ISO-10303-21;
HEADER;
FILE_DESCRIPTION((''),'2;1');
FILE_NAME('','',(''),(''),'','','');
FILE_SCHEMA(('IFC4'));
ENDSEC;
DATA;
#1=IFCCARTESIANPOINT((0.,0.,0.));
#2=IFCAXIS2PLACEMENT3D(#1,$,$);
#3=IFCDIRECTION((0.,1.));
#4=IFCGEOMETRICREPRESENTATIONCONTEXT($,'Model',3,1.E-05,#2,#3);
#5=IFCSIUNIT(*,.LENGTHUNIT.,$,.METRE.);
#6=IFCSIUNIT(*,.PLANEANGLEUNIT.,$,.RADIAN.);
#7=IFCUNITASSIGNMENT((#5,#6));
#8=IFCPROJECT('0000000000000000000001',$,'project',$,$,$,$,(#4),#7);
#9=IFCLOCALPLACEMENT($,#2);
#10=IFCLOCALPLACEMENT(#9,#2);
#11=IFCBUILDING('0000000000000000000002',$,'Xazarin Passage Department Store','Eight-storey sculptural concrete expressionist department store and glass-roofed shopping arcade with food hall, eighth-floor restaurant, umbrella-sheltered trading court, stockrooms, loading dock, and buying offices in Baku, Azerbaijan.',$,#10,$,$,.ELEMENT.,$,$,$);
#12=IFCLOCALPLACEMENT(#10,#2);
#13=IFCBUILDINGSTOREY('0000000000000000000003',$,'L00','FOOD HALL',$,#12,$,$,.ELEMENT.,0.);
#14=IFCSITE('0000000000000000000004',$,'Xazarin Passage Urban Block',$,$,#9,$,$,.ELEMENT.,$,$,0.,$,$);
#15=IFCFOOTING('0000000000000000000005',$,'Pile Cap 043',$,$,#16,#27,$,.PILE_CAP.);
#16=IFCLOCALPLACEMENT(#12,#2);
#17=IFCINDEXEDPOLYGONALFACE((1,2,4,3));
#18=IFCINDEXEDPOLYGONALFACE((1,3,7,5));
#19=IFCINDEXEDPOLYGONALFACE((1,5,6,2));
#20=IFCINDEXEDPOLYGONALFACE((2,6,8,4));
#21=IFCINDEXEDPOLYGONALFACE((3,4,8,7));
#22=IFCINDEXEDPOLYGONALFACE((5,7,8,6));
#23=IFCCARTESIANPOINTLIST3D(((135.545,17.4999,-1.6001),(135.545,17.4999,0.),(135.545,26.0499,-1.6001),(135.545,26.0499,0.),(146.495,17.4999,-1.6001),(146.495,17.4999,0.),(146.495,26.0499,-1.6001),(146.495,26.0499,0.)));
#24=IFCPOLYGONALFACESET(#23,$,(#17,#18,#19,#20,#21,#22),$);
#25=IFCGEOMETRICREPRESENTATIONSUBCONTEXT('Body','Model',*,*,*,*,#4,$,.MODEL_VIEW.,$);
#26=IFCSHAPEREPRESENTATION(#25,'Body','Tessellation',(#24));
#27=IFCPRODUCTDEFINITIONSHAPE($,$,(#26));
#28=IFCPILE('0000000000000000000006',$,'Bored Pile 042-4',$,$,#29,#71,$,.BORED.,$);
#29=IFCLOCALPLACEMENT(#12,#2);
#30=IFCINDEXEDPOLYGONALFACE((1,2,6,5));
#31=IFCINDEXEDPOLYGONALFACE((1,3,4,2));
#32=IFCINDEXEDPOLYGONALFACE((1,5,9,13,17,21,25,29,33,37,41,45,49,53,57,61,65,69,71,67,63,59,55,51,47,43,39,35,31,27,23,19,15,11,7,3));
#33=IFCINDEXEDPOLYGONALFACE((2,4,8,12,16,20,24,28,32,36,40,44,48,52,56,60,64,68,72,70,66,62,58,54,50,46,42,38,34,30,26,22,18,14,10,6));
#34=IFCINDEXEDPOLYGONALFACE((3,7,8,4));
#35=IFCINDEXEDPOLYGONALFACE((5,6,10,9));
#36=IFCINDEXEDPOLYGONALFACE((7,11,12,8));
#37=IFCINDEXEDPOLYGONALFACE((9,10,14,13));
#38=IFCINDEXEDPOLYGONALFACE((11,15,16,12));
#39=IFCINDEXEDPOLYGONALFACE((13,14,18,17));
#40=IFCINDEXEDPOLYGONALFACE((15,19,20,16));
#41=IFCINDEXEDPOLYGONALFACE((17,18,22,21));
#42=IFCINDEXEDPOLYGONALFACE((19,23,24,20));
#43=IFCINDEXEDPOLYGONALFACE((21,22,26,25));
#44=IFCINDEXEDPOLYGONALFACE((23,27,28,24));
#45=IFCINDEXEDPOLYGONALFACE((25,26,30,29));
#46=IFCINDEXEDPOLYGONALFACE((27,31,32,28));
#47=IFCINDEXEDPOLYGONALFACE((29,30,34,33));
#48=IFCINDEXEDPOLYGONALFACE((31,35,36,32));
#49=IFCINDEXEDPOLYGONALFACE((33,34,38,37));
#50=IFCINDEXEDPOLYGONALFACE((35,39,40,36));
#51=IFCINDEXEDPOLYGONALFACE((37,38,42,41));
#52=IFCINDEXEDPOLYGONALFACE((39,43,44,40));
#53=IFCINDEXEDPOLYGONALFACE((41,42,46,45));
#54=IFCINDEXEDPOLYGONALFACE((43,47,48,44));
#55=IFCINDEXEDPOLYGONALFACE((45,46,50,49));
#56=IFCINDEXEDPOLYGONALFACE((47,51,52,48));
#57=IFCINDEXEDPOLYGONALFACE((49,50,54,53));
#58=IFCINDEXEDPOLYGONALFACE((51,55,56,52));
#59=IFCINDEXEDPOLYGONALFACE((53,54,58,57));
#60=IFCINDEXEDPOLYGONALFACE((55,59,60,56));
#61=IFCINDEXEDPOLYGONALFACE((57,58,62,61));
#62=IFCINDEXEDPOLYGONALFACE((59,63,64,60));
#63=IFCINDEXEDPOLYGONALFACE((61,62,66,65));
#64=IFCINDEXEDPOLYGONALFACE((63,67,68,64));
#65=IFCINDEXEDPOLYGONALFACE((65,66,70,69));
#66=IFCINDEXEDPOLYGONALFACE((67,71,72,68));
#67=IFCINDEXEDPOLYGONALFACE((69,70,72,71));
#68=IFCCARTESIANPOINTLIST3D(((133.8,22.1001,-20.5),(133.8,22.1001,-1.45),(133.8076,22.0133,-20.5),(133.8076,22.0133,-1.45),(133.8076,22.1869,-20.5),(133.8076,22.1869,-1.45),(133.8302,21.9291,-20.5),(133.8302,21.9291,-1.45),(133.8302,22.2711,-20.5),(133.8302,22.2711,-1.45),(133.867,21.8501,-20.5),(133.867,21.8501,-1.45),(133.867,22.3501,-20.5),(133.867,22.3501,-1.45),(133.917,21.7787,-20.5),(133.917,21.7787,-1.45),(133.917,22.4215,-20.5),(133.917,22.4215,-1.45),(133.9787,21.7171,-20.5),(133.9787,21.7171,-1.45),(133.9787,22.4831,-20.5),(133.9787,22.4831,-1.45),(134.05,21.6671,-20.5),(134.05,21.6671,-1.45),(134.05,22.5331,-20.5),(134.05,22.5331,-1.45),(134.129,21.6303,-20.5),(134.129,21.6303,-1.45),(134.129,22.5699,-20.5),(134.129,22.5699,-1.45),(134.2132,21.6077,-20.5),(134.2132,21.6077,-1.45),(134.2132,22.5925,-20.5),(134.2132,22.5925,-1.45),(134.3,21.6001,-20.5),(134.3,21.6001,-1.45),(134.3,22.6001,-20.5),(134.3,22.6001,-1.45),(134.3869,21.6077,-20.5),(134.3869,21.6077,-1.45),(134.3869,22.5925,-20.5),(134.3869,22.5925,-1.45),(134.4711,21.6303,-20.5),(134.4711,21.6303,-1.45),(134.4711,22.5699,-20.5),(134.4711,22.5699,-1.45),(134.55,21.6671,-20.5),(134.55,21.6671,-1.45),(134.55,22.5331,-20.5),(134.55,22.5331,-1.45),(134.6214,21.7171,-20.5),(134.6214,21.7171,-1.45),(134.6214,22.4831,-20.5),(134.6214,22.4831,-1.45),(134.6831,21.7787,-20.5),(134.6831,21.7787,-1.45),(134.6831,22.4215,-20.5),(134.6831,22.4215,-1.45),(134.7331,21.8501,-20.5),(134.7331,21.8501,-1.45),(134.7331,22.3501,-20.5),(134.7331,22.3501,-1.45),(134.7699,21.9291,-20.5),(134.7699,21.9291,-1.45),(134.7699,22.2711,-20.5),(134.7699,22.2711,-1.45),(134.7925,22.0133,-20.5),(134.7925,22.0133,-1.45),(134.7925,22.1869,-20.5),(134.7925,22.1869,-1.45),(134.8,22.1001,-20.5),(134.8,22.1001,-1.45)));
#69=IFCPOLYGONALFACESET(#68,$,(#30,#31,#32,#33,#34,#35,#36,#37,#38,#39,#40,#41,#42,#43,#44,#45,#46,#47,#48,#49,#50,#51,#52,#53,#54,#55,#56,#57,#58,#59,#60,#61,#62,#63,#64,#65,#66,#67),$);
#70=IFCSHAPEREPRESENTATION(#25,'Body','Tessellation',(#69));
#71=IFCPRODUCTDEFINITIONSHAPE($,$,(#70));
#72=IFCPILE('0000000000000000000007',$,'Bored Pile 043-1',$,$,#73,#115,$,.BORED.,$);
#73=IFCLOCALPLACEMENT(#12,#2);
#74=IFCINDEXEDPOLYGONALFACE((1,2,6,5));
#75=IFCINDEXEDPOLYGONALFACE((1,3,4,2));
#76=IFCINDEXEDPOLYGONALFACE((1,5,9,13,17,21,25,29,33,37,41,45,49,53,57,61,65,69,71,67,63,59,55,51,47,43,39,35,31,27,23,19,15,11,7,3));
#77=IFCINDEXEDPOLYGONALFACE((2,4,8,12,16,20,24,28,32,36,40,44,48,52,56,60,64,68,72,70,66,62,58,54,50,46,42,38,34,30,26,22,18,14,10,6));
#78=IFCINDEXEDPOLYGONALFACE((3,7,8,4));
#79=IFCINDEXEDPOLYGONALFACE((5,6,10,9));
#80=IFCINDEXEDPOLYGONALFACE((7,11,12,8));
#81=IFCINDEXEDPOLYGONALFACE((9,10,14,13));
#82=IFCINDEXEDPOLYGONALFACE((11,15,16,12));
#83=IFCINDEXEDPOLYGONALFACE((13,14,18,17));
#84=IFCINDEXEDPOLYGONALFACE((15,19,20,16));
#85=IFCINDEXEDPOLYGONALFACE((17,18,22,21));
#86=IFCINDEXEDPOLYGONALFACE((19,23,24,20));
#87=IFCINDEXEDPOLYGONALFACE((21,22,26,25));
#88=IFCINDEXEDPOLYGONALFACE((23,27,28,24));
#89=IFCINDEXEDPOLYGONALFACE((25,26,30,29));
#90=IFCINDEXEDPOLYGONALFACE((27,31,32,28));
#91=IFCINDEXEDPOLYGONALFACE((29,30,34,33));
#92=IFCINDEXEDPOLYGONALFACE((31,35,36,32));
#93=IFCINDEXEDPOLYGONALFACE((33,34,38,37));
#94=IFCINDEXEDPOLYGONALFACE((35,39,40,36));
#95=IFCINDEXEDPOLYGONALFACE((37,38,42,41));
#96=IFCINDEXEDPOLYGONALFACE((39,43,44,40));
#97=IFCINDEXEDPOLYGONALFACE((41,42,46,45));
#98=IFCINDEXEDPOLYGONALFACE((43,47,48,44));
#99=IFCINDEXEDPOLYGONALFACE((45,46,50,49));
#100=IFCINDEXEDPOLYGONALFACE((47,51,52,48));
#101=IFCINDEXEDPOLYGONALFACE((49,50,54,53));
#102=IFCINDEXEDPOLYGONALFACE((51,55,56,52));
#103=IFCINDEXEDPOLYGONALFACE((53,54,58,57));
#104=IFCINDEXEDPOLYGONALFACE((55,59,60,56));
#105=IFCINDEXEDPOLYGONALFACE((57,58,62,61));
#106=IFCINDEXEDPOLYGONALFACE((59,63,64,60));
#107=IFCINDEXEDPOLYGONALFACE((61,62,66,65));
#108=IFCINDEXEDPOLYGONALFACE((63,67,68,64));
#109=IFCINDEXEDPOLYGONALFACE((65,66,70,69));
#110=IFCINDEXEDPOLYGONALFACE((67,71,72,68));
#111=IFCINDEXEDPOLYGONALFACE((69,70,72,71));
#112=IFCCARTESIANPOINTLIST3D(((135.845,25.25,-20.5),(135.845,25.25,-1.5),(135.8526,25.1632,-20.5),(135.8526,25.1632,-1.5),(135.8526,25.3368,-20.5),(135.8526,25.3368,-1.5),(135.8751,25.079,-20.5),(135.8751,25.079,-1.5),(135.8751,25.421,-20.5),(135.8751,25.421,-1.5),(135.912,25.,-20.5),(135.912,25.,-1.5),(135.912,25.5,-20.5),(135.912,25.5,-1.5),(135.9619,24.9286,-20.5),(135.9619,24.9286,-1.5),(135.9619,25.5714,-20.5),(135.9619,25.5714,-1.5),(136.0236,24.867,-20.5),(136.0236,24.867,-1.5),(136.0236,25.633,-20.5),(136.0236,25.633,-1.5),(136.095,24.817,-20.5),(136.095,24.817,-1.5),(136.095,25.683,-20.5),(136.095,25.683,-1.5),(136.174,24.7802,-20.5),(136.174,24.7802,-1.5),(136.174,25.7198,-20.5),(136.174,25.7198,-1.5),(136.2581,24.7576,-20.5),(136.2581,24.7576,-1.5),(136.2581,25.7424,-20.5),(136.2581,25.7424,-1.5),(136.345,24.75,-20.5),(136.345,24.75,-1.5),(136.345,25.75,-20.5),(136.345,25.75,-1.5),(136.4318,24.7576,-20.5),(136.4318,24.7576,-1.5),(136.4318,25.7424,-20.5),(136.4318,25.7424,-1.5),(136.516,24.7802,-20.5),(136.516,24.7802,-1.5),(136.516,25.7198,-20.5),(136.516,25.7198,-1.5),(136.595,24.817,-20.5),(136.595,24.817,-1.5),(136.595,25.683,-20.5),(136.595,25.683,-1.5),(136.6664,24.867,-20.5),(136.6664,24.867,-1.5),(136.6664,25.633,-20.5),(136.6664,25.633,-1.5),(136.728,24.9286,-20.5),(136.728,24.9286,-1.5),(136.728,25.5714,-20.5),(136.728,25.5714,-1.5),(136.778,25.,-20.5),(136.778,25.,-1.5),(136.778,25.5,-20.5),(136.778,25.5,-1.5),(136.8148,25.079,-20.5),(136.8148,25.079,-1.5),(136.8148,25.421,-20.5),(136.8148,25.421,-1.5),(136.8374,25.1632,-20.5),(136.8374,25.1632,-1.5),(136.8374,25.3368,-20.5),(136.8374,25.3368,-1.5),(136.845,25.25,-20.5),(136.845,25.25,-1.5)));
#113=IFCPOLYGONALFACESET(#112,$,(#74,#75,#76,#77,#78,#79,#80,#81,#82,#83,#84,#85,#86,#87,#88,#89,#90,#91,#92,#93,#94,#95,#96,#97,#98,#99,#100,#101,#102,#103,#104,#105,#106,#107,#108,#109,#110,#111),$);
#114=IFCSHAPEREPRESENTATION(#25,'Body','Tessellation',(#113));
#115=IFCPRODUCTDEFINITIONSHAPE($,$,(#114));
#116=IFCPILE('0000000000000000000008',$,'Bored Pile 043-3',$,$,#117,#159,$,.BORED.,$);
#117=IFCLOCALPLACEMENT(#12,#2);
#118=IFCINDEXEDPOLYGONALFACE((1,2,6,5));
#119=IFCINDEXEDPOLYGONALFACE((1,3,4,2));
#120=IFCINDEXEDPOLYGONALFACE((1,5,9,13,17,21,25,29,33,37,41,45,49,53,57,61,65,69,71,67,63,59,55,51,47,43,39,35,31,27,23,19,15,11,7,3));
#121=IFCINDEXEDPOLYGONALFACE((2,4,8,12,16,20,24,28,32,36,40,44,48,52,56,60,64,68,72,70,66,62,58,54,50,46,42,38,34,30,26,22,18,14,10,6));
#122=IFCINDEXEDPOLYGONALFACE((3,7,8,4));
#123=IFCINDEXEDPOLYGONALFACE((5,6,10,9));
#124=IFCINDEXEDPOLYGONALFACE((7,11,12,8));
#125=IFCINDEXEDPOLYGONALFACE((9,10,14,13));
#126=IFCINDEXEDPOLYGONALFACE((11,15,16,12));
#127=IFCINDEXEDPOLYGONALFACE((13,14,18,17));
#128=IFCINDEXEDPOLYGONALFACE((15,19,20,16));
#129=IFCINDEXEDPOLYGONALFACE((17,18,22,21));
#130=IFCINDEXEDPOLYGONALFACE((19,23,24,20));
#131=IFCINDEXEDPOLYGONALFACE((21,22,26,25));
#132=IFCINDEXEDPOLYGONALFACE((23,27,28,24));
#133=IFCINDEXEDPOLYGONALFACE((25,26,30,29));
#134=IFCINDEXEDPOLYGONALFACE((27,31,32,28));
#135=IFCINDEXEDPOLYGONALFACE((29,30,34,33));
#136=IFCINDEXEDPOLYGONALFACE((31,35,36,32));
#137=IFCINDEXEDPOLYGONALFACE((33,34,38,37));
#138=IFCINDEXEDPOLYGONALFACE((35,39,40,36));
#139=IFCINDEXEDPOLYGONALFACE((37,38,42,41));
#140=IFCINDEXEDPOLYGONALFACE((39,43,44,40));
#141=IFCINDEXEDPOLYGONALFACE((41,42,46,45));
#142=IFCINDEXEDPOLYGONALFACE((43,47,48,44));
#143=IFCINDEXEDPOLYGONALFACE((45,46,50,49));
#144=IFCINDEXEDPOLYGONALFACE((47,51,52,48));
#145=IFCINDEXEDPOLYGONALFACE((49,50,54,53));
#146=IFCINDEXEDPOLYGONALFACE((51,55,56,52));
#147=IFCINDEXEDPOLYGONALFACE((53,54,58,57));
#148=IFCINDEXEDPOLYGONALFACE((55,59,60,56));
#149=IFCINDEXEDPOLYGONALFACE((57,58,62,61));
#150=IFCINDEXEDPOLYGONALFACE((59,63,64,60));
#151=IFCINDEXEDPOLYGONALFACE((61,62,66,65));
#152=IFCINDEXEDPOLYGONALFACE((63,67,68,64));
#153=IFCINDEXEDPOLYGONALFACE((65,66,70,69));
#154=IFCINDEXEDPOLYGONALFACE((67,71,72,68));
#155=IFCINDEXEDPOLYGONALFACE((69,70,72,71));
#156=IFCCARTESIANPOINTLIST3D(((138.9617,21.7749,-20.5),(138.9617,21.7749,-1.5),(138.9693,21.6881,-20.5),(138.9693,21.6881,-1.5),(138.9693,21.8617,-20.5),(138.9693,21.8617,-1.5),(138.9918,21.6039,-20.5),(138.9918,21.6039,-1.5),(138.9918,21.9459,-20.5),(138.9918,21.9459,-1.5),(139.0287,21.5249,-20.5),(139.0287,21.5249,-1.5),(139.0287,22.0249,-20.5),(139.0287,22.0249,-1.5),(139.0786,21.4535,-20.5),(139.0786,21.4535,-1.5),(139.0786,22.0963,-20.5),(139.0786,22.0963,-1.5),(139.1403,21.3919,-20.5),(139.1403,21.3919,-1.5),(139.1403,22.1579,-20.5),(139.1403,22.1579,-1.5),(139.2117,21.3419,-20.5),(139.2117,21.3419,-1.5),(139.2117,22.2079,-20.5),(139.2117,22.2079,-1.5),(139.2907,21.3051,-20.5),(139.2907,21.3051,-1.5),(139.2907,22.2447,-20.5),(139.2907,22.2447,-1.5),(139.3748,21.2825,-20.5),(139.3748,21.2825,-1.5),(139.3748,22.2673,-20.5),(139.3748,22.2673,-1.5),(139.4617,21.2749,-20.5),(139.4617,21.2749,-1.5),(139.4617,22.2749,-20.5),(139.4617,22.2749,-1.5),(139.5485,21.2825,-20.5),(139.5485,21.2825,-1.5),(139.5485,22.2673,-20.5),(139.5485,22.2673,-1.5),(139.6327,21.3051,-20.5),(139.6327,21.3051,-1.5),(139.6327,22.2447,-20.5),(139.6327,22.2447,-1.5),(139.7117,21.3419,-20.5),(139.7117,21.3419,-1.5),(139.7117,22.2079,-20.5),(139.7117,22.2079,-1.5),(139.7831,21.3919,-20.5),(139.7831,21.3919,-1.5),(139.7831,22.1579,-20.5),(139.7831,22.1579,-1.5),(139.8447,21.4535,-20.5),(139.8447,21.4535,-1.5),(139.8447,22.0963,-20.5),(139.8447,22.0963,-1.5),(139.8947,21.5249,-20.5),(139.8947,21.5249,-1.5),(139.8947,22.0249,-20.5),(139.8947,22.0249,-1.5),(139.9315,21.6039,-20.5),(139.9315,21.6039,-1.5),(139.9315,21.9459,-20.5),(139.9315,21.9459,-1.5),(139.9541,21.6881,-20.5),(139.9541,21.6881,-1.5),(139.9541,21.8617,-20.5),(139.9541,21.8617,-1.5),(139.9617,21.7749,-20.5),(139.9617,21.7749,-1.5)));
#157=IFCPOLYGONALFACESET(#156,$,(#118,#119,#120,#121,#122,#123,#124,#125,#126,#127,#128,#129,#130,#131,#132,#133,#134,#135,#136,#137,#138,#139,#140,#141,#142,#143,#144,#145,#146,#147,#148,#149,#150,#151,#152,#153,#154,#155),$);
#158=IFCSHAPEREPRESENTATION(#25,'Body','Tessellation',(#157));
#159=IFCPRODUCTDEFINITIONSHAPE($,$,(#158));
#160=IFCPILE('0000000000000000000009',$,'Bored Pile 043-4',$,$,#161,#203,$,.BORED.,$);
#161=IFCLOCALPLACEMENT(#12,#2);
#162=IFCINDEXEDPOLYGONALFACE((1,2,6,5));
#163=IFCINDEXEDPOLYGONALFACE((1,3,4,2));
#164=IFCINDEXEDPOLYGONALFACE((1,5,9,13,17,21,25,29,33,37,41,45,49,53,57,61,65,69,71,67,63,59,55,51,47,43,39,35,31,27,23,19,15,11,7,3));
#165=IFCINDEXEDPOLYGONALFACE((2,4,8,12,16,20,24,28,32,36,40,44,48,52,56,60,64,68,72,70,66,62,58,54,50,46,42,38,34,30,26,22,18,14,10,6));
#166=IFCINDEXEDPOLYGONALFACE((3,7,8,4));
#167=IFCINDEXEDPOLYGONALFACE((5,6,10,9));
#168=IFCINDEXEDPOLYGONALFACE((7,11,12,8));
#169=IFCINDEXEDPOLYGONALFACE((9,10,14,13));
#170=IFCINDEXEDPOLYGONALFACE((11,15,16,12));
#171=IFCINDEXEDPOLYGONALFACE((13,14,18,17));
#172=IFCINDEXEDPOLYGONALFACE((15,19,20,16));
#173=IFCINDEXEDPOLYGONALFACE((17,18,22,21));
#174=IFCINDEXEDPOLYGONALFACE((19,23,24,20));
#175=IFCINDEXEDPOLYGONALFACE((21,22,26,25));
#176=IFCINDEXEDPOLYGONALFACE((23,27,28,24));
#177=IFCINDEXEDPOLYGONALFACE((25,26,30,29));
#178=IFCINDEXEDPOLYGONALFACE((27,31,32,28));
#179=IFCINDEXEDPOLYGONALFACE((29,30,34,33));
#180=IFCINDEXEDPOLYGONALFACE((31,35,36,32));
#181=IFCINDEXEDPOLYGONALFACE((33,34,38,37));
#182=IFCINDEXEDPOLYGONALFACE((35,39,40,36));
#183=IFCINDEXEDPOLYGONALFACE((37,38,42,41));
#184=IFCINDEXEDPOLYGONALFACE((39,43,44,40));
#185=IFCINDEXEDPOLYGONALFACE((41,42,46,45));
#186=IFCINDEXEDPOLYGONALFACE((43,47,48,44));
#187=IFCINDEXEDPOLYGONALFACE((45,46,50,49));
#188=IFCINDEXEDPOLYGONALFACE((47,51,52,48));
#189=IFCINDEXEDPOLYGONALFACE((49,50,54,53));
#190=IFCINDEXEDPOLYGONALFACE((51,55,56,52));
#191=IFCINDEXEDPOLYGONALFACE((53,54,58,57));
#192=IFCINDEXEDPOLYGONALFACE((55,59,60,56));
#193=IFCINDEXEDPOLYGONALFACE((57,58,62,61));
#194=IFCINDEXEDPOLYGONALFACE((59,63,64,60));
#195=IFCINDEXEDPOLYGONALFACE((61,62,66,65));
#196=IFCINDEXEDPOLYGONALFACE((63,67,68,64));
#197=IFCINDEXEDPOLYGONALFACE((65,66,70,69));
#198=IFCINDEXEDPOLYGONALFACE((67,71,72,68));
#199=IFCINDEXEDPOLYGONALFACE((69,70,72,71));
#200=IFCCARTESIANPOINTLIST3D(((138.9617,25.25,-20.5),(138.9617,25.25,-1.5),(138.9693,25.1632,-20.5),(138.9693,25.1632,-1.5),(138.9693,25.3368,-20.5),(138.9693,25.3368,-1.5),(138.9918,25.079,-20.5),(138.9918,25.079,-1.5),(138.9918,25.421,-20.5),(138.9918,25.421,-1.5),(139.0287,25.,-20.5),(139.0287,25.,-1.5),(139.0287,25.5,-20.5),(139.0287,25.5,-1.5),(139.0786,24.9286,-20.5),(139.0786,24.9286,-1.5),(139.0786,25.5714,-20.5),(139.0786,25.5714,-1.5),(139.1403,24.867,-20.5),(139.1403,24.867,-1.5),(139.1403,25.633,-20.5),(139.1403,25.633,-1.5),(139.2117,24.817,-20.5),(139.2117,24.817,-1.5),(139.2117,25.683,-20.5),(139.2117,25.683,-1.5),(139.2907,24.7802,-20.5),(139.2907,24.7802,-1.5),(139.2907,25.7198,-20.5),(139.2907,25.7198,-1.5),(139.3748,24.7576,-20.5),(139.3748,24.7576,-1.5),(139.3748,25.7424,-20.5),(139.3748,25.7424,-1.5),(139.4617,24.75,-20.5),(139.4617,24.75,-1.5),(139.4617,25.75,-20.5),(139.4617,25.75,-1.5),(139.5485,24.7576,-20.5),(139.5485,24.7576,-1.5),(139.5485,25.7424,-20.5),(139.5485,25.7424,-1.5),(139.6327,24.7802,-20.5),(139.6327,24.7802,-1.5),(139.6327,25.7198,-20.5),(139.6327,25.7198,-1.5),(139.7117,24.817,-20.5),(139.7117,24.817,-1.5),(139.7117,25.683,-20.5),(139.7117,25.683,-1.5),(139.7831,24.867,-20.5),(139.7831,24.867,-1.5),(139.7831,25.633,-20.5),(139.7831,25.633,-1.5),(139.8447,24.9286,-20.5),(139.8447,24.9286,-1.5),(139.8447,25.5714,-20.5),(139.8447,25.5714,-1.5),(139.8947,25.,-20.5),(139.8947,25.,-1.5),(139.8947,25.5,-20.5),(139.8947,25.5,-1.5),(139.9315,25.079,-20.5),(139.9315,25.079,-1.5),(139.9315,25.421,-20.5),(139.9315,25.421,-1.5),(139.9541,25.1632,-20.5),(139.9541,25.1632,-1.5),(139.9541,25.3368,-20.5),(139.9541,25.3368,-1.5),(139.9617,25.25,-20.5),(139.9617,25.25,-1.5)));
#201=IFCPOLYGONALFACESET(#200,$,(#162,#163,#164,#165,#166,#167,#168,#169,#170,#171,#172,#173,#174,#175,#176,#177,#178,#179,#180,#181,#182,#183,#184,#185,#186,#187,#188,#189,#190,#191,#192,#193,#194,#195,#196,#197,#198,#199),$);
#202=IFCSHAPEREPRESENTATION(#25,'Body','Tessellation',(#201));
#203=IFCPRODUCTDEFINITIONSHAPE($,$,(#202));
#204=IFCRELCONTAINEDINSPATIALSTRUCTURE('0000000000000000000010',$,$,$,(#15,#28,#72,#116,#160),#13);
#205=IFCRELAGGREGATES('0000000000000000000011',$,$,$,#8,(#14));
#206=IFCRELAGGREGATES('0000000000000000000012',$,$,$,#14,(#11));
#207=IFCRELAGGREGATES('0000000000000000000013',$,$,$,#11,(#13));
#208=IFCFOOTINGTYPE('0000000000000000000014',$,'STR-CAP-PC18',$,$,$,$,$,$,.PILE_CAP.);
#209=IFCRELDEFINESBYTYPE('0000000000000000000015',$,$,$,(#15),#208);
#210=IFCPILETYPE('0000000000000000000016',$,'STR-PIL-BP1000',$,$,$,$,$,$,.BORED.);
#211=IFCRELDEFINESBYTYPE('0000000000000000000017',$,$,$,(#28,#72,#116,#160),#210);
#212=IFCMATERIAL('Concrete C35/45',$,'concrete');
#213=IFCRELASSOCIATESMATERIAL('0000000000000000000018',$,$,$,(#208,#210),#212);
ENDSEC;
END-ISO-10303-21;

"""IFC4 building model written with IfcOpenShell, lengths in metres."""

from ifc_helpers import new_model, si_unit, direction, frame, origin, origin_2d, place, context, subcontext, project, spatial, rectangle, circle, extrude, material, material_profile, profile_set, type_object, element, save


model = new_model("IFC4")

# Units and contexts
model_context = context("Model", 3, precision=1e-05, world=origin(), true_north=direction((0.0, 1.0)))
body_context = subcontext(model_context, "Body", "Model", "MODEL_VIEW")
ifc_project = project(units=[si_unit("LENGTHUNIT", "METRE"), si_unit("PLANEANGLEUNIT", "RADIAN")], contexts=[model_context])

# Site, building, storey
site_placement = place(None, origin())
site = spatial("IfcSite", under=ifc_project, at=site_placement, Name="Xazarin Passage Urban Block", CompositionType="ELEMENT", RefElevation=0.0)
building_placement = place(site_placement, origin())
building = spatial("IfcBuilding", under=site, at=building_placement, Name="Xazarin Passage Department Store", Description="Eight-storey sculptural concrete expressionist department store and glass-roofed shopping arcade with food hall, eighth-floor restaurant, umbrella-sheltered trading court, stockrooms, loading dock, and buying offices in Baku, Azerbaijan.", CompositionType="ELEMENT")
storey_placement = place(building_placement, origin())
storey = spatial("IfcBuildingStorey", under=building, at=storey_placement, Name="L00", Description="FOOD HALL", CompositionType="ELEMENT", Elevation=0.0)

# Footing
ifc_material_1 = material(Name="Concrete C35/45", Category="concrete")
footing_type = type_object("IfcFootingType", Name="STR-CAP-PC18", PredefinedType="PILE_CAP", material=ifc_material_1)
footing_placement = place(storey_placement, frame((141.02, 21.7749, -1.6001), z_axis=(0.0, 0.0, 1.0), x_axis=(1.0, 0.0, 0.0)))
element("IfcFooting", 1, at=footing_placement, inside=storey, type_object=footing_type, Name="Pile Cap 043", PredefinedType="PILE_CAP", context=body_context, shape_type="SweptSolid", body=[
    extrude(rectangle(XDim=10.95, YDim=8.55, at=origin_2d()), origin(), (0.0, 0.0, 1.0), 1.6001),
])

# Piles
ifc_material_profile_1 = material_profile(ifc_material_1, circle(Radius=0.5, at=origin_2d()), Name="BP 1000")
ifc_profile_set_1 = profile_set([ifc_material_profile_1], Name="Concrete C35/45")
pile_type_1 = type_object("IfcPileType", Name="STR-PIL-BP1000", PredefinedType="BORED", material=ifc_profile_set_1)
pile_1_placement = place(storey_placement, frame((134.3, 22.1001, -1.45), z_axis=(0.0, 0.0, -1.0), x_axis=(1.0, 0.0, 0.0)))
element("IfcPile", 2, at=pile_1_placement, inside=storey, type_object=pile_type_1, Name="Bored Pile 042-4", PredefinedType="BORED", context=body_context, shape_type="SweptSolid", body=[
    extrude(circle(Radius=0.5, at=origin_2d()), origin(), (0.0, 0.0, 1.0), 19.05),
])
for number, where, z_axis, x_axis, name in (
    (3, (136.345, 25.25, -1.5), (0.0, 0.0, -1.0), (1.0, 0.0, 0.0), "Bored Pile 043-1"),
    (4, (139.4617, 21.7749, -1.5), (0.0, 0.0, -1.0), (1.0, 0.0, 0.0), "Bored Pile 043-3"),
    (5, (139.4617, 25.25, -1.5), (0.0, 0.0, -1.0), (1.0, 0.0, 0.0), "Bored Pile 043-4"),
):
    element("IfcPile", number, at=place(storey_placement, frame(where, z_axis=z_axis, x_axis=x_axis)), inside=storey, type_object=pile_type_1, Name=name, PredefinedType="BORED", context=body_context, shape_type="SweptSolid", body=[
        extrude(circle(Radius=0.5, at=origin_2d()), origin(), (0.0, 0.0, 1.0), 19.0),
    ])

save(model, "model.ifc")
